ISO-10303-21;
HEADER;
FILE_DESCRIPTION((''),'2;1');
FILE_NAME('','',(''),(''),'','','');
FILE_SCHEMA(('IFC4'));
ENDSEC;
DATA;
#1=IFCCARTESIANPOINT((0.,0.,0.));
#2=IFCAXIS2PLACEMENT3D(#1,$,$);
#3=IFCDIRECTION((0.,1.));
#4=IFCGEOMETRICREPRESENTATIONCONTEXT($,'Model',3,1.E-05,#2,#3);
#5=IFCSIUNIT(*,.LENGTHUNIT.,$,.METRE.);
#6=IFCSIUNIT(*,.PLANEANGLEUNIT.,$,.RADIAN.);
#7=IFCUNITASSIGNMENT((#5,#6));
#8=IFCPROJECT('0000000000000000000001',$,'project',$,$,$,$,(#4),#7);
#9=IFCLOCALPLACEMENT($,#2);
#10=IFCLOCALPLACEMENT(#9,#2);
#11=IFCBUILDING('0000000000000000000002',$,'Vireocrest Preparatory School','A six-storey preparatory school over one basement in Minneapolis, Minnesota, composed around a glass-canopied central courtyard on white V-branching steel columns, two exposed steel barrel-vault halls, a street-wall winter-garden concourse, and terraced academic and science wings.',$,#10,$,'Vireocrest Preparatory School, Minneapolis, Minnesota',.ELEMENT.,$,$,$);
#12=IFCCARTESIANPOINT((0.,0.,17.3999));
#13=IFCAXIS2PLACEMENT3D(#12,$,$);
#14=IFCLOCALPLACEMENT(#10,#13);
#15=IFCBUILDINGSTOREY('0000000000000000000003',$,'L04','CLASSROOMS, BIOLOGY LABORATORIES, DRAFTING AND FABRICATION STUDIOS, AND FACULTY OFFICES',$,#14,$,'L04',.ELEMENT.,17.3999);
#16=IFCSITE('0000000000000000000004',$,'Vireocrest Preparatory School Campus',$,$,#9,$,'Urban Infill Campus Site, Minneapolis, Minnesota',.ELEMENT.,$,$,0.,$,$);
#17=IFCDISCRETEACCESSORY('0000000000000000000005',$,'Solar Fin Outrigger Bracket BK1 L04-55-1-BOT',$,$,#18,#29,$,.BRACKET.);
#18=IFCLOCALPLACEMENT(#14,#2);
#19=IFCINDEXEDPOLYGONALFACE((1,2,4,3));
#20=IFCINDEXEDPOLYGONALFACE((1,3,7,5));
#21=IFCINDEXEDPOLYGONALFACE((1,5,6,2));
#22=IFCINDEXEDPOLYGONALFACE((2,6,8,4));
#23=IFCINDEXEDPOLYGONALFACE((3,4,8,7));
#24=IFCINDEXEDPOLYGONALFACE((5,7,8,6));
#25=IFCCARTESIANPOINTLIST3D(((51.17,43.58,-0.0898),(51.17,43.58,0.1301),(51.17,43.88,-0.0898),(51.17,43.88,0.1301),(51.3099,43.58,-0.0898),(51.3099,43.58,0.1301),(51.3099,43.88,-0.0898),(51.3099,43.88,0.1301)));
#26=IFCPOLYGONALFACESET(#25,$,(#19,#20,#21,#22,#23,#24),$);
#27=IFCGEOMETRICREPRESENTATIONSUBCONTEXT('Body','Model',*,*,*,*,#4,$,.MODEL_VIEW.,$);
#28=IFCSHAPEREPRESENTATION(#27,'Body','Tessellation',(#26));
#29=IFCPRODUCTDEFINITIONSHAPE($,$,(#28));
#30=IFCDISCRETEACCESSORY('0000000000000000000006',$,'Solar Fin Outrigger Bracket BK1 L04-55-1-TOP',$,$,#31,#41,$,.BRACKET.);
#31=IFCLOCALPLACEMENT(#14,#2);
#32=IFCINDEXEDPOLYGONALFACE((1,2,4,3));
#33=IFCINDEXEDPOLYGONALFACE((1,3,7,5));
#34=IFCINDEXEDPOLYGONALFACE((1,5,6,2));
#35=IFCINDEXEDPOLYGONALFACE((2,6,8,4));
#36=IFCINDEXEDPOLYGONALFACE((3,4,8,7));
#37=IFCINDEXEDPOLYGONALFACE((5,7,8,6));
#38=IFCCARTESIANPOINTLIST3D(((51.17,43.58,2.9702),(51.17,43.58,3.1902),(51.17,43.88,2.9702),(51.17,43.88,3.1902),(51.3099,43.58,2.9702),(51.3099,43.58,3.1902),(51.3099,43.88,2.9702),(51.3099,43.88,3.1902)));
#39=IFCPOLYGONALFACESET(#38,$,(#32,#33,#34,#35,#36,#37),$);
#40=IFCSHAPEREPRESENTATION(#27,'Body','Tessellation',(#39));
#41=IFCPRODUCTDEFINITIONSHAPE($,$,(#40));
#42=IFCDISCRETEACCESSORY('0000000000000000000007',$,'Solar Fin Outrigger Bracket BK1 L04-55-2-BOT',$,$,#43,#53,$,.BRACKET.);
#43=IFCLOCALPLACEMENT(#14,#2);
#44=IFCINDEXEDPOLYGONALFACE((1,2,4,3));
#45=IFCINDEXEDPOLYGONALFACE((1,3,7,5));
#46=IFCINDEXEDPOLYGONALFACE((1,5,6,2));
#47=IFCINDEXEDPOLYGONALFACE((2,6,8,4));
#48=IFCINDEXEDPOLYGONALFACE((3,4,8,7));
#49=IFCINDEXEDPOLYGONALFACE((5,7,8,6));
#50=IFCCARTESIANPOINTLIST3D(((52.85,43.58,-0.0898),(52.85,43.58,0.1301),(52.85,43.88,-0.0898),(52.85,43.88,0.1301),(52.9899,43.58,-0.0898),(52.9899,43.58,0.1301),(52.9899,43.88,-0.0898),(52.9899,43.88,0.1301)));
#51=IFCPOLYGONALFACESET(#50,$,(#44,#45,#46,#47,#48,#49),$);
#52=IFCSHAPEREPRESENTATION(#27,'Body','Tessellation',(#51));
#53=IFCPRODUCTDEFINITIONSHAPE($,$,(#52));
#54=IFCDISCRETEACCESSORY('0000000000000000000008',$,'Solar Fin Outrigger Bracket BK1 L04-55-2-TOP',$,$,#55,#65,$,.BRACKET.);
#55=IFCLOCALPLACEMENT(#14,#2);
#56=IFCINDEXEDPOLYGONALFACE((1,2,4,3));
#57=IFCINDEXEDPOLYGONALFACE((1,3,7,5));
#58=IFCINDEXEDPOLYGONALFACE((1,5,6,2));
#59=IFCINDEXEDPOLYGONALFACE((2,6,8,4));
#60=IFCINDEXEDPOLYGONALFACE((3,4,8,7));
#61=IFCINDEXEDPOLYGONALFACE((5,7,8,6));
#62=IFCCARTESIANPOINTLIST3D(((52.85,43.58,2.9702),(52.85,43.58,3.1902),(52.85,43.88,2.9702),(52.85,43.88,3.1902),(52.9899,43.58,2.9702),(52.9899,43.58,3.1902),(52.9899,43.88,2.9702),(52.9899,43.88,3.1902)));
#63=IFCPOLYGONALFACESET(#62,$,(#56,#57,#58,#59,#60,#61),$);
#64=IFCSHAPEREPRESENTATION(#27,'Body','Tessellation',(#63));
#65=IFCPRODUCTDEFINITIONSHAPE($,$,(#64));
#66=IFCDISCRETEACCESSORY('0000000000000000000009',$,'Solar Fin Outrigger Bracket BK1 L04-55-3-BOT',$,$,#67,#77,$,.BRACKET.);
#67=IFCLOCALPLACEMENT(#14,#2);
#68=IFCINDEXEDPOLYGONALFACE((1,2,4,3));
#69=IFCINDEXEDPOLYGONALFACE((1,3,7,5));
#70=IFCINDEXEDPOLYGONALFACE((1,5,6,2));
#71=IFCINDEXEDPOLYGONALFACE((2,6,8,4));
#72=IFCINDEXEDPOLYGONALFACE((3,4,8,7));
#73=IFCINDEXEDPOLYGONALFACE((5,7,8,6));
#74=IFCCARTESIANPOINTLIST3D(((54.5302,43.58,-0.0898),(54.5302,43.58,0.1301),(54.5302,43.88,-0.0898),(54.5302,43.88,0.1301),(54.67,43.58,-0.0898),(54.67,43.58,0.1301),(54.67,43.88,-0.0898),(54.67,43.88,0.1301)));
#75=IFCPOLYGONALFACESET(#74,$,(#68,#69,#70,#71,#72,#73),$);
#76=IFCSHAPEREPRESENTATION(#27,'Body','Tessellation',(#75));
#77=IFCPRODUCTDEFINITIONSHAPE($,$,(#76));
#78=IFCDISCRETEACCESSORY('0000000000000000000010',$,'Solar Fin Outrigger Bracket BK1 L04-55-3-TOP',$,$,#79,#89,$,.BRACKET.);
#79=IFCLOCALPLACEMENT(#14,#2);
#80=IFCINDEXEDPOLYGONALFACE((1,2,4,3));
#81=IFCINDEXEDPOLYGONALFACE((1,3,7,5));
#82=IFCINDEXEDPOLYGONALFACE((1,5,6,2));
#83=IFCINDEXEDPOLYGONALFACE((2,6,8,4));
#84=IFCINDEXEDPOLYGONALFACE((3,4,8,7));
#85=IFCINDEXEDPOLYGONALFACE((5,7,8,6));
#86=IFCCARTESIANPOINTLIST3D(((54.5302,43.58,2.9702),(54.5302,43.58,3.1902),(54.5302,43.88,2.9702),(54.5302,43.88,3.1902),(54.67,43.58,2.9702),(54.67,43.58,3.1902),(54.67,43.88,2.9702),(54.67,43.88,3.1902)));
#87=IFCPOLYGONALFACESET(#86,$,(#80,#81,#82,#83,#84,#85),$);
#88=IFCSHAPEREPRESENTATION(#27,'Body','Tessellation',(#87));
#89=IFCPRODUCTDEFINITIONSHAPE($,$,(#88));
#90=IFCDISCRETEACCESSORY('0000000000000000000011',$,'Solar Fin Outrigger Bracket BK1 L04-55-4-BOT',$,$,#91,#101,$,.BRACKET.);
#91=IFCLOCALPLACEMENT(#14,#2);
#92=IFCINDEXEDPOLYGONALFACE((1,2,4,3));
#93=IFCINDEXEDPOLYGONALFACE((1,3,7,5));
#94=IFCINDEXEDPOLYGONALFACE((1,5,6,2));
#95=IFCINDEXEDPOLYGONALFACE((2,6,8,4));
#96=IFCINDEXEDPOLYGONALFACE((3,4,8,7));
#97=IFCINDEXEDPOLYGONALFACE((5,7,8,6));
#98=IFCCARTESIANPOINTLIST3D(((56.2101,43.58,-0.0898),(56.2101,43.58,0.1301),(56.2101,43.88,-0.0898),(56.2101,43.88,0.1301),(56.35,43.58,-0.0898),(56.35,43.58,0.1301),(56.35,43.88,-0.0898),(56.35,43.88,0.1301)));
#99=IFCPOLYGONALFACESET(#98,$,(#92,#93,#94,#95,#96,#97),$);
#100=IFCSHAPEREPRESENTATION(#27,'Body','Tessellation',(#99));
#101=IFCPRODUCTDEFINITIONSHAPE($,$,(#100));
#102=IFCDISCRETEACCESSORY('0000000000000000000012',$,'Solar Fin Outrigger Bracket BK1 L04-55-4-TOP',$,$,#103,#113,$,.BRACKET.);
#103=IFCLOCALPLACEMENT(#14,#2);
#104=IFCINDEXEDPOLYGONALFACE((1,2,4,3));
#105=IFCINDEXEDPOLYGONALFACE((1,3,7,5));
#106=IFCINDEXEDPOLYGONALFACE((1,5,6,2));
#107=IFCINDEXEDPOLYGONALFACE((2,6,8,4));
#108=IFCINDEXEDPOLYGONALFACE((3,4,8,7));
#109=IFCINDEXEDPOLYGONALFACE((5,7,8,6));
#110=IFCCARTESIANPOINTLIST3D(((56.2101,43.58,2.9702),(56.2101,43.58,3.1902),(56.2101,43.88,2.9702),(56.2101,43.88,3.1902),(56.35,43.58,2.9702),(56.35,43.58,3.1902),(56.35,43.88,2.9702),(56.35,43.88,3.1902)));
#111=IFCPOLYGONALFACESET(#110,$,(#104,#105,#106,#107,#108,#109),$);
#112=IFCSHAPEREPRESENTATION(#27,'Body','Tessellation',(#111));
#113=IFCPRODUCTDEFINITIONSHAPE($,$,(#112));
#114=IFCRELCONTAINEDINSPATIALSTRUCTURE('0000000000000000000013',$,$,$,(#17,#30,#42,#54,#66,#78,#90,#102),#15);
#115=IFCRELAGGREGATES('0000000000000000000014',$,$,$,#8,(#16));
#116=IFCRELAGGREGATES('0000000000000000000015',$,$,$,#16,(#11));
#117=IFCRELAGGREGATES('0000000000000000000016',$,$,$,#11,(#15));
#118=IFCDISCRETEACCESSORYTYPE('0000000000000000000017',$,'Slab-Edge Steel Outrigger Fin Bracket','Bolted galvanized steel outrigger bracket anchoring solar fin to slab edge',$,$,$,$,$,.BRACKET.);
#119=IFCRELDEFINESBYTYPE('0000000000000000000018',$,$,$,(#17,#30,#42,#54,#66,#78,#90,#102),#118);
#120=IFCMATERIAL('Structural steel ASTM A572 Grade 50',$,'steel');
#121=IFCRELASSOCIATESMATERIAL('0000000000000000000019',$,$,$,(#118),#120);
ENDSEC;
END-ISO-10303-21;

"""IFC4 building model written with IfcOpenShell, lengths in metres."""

from ifc_helpers import new_model, si_unit, direction, frame, origin, origin_2d, place, context, subcontext, project, spatial, rectangle, extrude, material, type_object, element, save


model = new_model("IFC4")

# Units and contexts
model_context = context("Model", 3, precision=1e-05, world=origin(), true_north=direction((0.0, 1.0)))
body_context = subcontext(model_context, "Body", "Model", "MODEL_VIEW")
ifc_project = project(units=[si_unit("LENGTHUNIT", "METRE"), si_unit("PLANEANGLEUNIT", "RADIAN")], contexts=[model_context])

# Site, building, storey
site_placement = place(None, origin())
site = spatial("IfcSite", under=ifc_project, at=site_placement, Name="Vireocrest Preparatory School Campus", LongName="Urban Infill Campus Site, Minneapolis, Minnesota", CompositionType="ELEMENT", RefElevation=0.0)
building_placement = place(site_placement, origin())
building = spatial("IfcBuilding", under=site, at=building_placement, Name="Vireocrest Preparatory School", Description="A six-storey preparatory school over one basement in Minneapolis, Minnesota, composed around a glass-canopied central courtyard on white V-branching steel columns, two exposed steel barrel-vault halls, a street-wall winter-garden concourse, and terraced academic and science wings.", LongName="Vireocrest Preparatory School, Minneapolis, Minnesota", CompositionType="ELEMENT")
storey_placement = place(building_placement, frame((0.0, 0.0, 17.3999)))
storey = spatial("IfcBuildingStorey", under=building, at=storey_placement, Name="L04", Description="CLASSROOMS, BIOLOGY LABORATORIES, DRAFTING AND FABRICATION STUDIOS, AND FACULTY OFFICES", LongName="L04", CompositionType="ELEMENT", Elevation=17.3999)

# Discrete accessories
ifc_material_1 = material(Name="Structural steel ASTM A572 Grade 50", Category="steel")
discrete_accessory_type = type_object("IfcDiscreteAccessoryType", Name="Slab-Edge Steel Outrigger Fin Bracket", Description="Bolted galvanized steel outrigger bracket anchoring solar fin to slab edge", PredefinedType="BRACKET", material=ifc_material_1)
for number, where, z_axis, x_axis, name in (
    (1, (51.24, 43.73, -0.0898), (0.0, 0.0, 1.0), (-1.0, 0.0, 0.0), "Solar Fin Outrigger Bracket BK1 L04-55-1-BOT"),
    (2, (51.24, 43.73, 2.9702), (0.0, 0.0, 1.0), (-1.0, 0.0, 0.0), "Solar Fin Outrigger Bracket BK1 L04-55-1-TOP"),
    (3, (52.9199, 43.73, -0.0898), (0.0, 0.0, 1.0), (-1.0, 0.0, 0.0), "Solar Fin Outrigger Bracket BK1 L04-55-2-BOT"),
    (4, (52.9199, 43.73, 2.9702), (0.0, 0.0, 1.0), (-1.0, 0.0, 0.0), "Solar Fin Outrigger Bracket BK1 L04-55-2-TOP"),
    (5, (54.6001, 43.73, -0.0898), (0.0, 0.0, 1.0), (-1.0, 0.0, 0.0), "Solar Fin Outrigger Bracket BK1 L04-55-3-BOT"),
    (6, (54.6001, 43.73, 2.9702), (0.0, 0.0, 1.0), (-1.0, 0.0, 0.0), "Solar Fin Outrigger Bracket BK1 L04-55-3-TOP"),
    (7, (56.28, 43.73, -0.0898), (0.0, 0.0, 1.0), (-1.0, 0.0, 0.0), "Solar Fin Outrigger Bracket BK1 L04-55-4-BOT"),
    (8, (56.28, 43.73, 2.9702), (0.0, 0.0, 1.0), (-1.0, 0.0, 0.0), "Solar Fin Outrigger Bracket BK1 L04-55-4-TOP"),
):
    element("IfcDiscreteAccessory", number, at=place(storey_placement, frame(where, z_axis=z_axis, x_axis=x_axis)), inside=storey, type_object=discrete_accessory_type, Name=name, PredefinedType="BRACKET", context=body_context, shape_type="SweptSolid", body=[
        extrude(rectangle(XDim=0.1399, YDim=0.3, at=origin_2d()), origin(), (0.0, 0.0, 1.0), 0.22),
    ])

save(model, "model.ifc")
